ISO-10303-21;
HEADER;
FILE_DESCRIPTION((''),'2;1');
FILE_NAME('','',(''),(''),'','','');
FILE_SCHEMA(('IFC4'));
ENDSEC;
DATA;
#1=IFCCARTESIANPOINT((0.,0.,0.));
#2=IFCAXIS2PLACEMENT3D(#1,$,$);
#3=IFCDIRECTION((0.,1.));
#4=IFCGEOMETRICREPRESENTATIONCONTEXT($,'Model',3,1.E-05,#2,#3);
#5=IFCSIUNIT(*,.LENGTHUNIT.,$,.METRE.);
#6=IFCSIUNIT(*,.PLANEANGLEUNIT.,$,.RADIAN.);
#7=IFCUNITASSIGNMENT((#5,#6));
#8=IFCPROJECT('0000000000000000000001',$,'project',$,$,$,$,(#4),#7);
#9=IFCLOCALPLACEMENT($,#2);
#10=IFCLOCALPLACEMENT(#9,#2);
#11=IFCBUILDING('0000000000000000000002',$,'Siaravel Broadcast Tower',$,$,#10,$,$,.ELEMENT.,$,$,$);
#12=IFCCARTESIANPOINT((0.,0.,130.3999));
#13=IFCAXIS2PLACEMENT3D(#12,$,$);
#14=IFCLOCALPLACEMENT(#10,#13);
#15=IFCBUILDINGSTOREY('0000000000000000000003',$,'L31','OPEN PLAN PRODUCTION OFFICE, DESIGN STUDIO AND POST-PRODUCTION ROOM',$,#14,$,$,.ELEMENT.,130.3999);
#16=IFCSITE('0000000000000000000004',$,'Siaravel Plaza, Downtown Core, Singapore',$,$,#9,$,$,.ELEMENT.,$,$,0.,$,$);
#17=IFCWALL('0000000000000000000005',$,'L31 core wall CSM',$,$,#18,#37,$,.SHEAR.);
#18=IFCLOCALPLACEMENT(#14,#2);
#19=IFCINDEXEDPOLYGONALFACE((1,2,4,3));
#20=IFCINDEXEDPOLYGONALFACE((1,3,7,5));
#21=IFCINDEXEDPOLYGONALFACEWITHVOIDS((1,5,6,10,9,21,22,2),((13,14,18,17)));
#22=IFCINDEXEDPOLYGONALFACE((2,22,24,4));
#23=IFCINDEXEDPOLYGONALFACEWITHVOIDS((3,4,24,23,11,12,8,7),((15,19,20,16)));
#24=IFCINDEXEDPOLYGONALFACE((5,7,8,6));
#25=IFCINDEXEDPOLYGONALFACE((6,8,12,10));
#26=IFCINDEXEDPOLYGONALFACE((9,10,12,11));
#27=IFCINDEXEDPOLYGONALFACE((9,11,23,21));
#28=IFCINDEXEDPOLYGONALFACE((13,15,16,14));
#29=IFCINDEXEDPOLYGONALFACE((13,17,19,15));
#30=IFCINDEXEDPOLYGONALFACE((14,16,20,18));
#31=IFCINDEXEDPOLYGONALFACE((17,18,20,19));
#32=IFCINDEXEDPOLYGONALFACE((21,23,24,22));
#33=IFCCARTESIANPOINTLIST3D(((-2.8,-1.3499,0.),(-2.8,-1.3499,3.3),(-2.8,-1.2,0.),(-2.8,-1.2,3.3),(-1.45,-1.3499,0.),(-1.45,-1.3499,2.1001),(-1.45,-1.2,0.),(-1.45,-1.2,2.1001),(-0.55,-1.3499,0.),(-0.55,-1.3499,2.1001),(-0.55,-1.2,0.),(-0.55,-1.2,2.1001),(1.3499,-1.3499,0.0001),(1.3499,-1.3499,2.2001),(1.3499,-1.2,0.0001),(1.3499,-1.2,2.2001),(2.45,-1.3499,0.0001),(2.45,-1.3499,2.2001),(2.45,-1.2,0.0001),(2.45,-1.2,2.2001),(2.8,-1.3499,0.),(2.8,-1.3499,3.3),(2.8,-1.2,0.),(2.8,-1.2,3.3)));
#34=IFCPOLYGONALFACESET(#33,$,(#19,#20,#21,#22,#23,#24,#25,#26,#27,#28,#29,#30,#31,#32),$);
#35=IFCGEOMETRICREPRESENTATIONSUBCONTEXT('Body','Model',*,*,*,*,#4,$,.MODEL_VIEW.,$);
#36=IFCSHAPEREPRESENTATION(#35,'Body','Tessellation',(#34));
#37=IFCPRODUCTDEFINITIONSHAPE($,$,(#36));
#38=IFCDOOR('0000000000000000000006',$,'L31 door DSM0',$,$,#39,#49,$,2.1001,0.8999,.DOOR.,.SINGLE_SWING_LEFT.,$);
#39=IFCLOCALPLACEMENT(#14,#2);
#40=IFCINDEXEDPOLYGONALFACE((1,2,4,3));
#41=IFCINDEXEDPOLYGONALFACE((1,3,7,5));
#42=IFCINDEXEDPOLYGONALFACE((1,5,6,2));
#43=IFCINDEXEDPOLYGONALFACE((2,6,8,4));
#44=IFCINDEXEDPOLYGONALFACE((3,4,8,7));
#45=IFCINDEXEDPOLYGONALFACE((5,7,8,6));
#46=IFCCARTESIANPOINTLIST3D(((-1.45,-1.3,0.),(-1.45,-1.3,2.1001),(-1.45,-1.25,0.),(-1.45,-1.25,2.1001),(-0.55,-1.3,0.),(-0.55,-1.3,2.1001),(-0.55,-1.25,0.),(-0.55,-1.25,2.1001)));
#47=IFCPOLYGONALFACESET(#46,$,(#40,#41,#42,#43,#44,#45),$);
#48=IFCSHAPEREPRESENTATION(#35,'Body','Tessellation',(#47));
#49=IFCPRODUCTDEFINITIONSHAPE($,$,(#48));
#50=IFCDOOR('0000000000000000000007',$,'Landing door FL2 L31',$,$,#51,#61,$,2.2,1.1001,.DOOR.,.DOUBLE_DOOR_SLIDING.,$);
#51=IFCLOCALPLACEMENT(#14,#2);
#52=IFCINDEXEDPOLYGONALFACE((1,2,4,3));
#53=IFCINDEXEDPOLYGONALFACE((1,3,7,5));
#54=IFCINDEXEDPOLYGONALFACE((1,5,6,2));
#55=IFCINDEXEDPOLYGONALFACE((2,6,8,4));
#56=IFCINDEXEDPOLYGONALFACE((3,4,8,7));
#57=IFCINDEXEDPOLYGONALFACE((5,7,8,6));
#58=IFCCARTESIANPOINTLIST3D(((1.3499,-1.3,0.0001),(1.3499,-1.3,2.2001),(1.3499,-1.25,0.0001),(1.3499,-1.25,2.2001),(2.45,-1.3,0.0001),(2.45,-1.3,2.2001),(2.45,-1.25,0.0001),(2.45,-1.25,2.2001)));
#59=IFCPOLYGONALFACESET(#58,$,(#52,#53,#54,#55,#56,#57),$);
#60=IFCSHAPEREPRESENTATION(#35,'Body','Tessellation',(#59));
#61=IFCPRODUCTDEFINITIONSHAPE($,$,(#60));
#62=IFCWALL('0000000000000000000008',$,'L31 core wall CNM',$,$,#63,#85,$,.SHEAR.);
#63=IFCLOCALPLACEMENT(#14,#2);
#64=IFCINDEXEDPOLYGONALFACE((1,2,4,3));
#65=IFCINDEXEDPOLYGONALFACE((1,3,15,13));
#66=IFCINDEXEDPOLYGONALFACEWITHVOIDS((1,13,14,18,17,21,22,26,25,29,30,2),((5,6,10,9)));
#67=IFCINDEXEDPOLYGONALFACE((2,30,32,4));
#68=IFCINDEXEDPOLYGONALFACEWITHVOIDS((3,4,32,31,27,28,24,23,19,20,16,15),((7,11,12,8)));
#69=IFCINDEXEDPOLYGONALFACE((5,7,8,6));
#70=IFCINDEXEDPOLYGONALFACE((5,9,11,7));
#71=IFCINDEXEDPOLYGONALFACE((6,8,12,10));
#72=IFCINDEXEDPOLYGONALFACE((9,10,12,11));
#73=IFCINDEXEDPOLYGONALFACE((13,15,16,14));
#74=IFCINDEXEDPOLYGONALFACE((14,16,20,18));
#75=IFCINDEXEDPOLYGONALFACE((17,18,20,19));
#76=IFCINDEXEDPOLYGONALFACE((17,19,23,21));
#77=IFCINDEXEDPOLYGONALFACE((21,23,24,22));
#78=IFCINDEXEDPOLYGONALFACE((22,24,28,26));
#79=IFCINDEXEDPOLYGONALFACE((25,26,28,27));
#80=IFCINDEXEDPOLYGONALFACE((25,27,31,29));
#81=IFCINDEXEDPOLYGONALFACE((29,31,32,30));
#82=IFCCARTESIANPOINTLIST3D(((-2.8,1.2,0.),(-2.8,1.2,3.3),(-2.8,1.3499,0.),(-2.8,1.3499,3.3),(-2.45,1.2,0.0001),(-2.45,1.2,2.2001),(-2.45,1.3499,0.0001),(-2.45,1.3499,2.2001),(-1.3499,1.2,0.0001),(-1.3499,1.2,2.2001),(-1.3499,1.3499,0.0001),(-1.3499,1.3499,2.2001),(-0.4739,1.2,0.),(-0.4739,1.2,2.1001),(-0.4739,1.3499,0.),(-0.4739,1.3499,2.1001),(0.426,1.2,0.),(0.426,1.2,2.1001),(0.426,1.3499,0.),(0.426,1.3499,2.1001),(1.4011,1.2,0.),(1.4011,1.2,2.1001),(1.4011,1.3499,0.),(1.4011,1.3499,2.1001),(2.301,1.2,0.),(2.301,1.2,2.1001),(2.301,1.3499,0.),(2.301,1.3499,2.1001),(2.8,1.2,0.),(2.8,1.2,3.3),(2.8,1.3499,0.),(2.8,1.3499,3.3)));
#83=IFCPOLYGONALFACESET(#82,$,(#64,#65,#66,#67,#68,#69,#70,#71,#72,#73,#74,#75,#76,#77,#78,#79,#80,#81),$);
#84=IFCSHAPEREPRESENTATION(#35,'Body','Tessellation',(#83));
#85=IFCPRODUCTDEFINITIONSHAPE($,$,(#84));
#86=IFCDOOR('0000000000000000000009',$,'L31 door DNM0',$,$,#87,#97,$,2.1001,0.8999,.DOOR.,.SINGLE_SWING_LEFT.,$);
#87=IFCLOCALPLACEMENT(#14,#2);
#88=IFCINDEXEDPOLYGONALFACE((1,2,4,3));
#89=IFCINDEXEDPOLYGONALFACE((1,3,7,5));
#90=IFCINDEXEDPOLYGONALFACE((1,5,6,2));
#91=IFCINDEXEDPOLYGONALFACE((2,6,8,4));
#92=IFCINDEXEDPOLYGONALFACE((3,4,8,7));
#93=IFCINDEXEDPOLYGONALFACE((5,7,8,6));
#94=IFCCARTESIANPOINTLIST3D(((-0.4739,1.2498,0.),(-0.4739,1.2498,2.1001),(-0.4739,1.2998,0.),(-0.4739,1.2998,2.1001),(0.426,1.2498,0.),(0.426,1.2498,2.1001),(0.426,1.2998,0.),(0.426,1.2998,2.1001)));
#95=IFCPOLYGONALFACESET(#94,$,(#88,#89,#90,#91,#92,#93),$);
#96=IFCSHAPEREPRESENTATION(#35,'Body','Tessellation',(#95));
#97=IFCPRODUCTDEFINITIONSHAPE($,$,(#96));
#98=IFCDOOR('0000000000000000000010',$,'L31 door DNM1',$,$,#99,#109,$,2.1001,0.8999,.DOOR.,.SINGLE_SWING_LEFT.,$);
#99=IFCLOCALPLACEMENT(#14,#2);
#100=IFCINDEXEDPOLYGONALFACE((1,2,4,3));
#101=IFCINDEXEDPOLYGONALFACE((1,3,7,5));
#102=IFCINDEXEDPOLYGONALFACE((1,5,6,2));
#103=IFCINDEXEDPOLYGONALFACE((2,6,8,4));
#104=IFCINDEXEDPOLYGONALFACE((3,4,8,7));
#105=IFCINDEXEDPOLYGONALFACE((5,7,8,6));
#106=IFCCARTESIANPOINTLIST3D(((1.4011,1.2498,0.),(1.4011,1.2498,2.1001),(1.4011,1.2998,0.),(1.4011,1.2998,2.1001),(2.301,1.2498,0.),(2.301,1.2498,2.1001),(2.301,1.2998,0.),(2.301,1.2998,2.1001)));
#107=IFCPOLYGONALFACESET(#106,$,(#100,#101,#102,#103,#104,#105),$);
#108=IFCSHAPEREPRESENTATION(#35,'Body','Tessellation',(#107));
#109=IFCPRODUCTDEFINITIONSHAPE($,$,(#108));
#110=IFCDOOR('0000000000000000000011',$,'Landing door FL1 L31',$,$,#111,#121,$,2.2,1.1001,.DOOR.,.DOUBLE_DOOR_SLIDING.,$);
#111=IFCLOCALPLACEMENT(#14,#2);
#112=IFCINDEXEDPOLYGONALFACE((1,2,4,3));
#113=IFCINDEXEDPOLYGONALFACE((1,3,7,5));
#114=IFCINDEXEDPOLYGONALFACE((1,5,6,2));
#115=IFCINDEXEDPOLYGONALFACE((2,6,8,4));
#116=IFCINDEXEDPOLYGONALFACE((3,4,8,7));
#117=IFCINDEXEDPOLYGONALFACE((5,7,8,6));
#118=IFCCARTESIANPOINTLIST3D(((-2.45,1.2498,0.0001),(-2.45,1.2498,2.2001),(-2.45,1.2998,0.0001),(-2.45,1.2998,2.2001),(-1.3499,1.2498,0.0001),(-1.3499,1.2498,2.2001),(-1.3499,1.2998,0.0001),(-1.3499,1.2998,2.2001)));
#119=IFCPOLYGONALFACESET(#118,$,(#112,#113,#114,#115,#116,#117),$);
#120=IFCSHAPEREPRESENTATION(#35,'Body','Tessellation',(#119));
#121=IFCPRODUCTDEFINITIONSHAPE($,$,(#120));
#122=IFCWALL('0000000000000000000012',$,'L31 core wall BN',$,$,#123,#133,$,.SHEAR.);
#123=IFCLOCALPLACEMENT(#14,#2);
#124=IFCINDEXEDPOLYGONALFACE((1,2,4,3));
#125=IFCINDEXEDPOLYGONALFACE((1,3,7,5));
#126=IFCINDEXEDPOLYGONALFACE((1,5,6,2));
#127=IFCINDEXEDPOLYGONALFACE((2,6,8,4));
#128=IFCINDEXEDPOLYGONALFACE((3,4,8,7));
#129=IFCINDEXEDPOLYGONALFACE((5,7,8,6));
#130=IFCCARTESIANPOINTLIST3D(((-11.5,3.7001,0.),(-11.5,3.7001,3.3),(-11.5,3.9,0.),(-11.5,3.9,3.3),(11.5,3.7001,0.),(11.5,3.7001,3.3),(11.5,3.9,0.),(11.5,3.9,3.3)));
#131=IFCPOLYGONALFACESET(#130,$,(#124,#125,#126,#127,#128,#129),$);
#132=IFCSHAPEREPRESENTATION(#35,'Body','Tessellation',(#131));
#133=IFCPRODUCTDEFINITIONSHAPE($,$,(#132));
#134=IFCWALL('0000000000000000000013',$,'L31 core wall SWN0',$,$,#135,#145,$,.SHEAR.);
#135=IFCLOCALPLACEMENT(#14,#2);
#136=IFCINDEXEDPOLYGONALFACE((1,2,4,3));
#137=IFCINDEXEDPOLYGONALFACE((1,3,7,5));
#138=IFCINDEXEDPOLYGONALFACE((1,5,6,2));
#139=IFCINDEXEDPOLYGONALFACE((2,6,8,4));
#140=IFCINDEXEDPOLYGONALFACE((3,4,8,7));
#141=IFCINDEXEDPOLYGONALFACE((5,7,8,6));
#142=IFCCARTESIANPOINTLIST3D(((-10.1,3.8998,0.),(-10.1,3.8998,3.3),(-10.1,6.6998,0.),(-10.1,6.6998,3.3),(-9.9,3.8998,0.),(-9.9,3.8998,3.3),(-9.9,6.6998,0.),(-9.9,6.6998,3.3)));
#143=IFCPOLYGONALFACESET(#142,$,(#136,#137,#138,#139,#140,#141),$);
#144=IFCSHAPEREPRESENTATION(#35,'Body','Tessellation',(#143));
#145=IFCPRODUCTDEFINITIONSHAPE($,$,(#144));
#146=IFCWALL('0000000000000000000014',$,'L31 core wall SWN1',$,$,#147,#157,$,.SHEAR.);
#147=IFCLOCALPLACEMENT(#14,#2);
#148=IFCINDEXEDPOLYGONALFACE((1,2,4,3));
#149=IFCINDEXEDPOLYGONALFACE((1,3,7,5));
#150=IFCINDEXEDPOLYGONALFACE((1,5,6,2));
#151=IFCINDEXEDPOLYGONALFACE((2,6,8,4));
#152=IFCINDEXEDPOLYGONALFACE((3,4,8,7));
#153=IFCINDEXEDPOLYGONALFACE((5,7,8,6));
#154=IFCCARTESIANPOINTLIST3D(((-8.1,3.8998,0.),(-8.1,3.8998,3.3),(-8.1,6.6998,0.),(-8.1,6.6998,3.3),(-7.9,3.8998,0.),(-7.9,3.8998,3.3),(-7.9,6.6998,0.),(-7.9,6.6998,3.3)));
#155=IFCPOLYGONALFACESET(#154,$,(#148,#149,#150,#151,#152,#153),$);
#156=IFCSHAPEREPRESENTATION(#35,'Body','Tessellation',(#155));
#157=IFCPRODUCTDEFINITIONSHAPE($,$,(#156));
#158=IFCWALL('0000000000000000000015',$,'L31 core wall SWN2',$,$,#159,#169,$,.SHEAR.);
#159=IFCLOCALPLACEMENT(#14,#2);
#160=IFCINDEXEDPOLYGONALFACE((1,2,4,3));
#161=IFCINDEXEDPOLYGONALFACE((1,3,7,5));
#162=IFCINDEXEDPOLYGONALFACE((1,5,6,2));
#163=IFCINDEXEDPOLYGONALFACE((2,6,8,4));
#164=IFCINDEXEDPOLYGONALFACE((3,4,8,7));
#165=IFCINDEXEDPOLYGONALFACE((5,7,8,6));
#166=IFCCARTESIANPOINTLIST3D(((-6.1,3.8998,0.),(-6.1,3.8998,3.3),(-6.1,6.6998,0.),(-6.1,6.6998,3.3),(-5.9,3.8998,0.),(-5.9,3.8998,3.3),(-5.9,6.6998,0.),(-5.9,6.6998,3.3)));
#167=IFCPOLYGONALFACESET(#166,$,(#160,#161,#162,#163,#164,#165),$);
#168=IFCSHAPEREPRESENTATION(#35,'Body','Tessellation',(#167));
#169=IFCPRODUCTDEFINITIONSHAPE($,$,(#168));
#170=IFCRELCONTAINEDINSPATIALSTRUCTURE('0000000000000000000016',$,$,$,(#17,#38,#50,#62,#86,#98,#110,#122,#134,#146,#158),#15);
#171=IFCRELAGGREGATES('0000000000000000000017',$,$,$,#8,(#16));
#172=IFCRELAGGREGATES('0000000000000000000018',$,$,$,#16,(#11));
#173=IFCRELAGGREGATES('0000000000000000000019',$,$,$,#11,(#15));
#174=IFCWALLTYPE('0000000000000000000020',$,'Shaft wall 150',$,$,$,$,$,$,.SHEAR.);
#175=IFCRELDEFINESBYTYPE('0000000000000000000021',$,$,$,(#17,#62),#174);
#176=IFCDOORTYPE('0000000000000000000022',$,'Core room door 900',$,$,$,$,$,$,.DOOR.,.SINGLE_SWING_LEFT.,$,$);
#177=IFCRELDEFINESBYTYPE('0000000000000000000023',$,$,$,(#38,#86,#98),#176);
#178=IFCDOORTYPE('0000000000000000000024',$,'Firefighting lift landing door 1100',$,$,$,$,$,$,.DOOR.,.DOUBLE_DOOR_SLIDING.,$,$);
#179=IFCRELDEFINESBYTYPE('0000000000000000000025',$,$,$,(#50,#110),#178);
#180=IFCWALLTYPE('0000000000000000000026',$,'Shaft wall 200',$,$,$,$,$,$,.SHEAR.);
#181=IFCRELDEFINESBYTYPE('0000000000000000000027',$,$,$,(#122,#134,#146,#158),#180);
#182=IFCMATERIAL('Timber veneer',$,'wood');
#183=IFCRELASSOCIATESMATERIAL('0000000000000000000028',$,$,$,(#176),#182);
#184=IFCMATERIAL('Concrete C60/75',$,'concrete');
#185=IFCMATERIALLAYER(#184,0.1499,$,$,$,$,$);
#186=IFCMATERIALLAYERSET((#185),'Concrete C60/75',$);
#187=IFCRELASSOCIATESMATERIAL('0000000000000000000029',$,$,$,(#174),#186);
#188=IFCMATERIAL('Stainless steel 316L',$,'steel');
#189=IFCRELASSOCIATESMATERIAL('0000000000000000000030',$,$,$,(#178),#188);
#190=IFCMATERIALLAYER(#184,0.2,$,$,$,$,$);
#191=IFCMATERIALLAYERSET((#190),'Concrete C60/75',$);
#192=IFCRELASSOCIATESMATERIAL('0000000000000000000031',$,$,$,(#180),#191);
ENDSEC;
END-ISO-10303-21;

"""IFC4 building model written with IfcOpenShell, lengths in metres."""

from ifc_helpers import new_model, si_unit, direction, frame, frame_2d, origin, place, context, subcontext, project, spatial, rectangle, extrude, material, layer, layer_set, type_object, element, fill, save


model = new_model("IFC4")

# Units and contexts
model_context = context("Model", 3, precision=1e-05, world=origin(), true_north=direction((0.0, 1.0)))
body_context = subcontext(model_context, "Body", "Model", "MODEL_VIEW")
ifc_project = project(units=[si_unit("LENGTHUNIT", "METRE"), si_unit("PLANEANGLEUNIT", "RADIAN")], contexts=[model_context])

# Site, building, storey
site_placement = place(None, origin())
site = spatial("IfcSite", under=ifc_project, at=site_placement, Name="Siaravel Plaza, Downtown Core, Singapore", CompositionType="ELEMENT", RefElevation=0.0)
building_placement = place(site_placement, origin())
building = spatial("IfcBuilding", under=site, at=building_placement, Name="Siaravel Broadcast Tower", CompositionType="ELEMENT")
storey_placement = place(building_placement, frame((0.0, 0.0, 130.3999)))
storey = spatial("IfcBuildingStorey", under=building, at=storey_placement, Name="L31", Description="OPEN PLAN PRODUCTION OFFICE, DESIGN STUDIO AND POST-PRODUCTION ROOM", CompositionType="ELEMENT", Elevation=130.3999)

# Shared definitions
ifc_material_1 = material(Name="Timber veneer", Category="wood")
door_type_1 = type_object("IfcDoorType", Name="Core room door 900", OperationType="SINGLE_SWING_LEFT", PredefinedType="DOOR", material=ifc_material_1)

# Walls, openings, doors
ifc_material_2 = material(Name="Concrete C60/75", Category="concrete")
ifc_layer_1 = layer(ifc_material_2, 0.1499)
ifc_layer_set_1 = layer_set([ifc_layer_1], Name="Concrete C60/75")
wall_type_1 = type_object("IfcWallType", Name="Shaft wall 150", PredefinedType="SHEAR", material=ifc_layer_set_1)
wall_1_placement = place(storey_placement, frame((-2.8, -1.2749, 0.0), z_axis=(0.0, 0.0, 1.0), x_axis=(1.0, 0.0, 0.0)))
wall_1 = element("IfcWall", 1, at=wall_1_placement, inside=storey, type_object=wall_type_1, Name="L31 core wall CSM", PredefinedType="SHEAR", context=body_context, shape_type="SweptSolid", body=[
    extrude(rectangle(XDim=5.6001, YDim=0.1499, at=frame_2d((2.8, 0.0))), origin(), (0.0, 0.0, 1.0), 3.3),
])
opening_1_placement = place(wall_1_placement, frame((4.1499, 0.0, 0.0)))
opening_1 = element("IfcOpeningElement", 2, at=opening_1_placement, cuts=wall_1, PredefinedType="OPENING", context=body_context, shape_type="SweptSolid", body=[
    extrude(rectangle(XDim=1.1001, YDim=2.2, at=frame_2d((0.55, 1.1001))), frame((0.0, 0.085, 0.0), z_axis=(0.0, -1.0, 0.0), x_axis=(1.0, 0.0, 0.0)), (0.0, 0.0, 1.0), 0.1699),
])
opening_2_placement = place(wall_1_placement, frame((1.3501, 0.0, 0.0)))
opening_2 = element("IfcOpeningElement", 3, at=opening_2_placement, cuts=wall_1, PredefinedType="OPENING", context=body_context, shape_type="SweptSolid", body=[
    extrude(rectangle(XDim=0.8999, YDim=2.1001, at=frame_2d((0.45, 1.05))), frame((0.0, 0.085, 0.0), z_axis=(0.0, -1.0, 0.0), x_axis=(1.0, 0.0, 0.0)), (0.0, 0.0, 1.0), 0.1699),
])
door_1_placement = place(opening_2_placement, origin())
door_1 = element("IfcDoor", 4, at=door_1_placement, inside=storey, type_object=door_type_1, Name="L31 door DSM0", OperationType="SINGLE_SWING_LEFT", OverallHeight=2.1001, OverallWidth=0.8999, PredefinedType="DOOR", context=body_context, shape_type="SweptSolid", body=[
    extrude(rectangle(XDim=0.8999, YDim=2.1001, at=frame_2d((0.45, 1.05))), frame((0.0, 0.0249, 0.0), z_axis=(0.0, -1.0, 0.0), x_axis=(1.0, 0.0, 0.0)), (0.0, 0.0, 1.0), 0.05),
])
fill(opening_2, door_1)
ifc_material_3 = material(Name="Stainless steel 316L", Category="steel")
door_type_2 = type_object("IfcDoorType", Name="Firefighting lift landing door 1100", OperationType="DOUBLE_DOOR_SLIDING", PredefinedType="DOOR", material=ifc_material_3)
door_2_placement = place(opening_1_placement, origin())
door_2 = element("IfcDoor", 5, at=door_2_placement, inside=storey, type_object=door_type_2, Name="Landing door FL2 L31", OperationType="DOUBLE_DOOR_SLIDING", OverallHeight=2.2, OverallWidth=1.1001, PredefinedType="DOOR", context=body_context, shape_type="SweptSolid", body=[
    extrude(rectangle(XDim=1.1001, YDim=2.2, at=frame_2d((0.55, 1.1001))), frame((0.0, 0.0249, 0.0), z_axis=(0.0, -1.0, 0.0), x_axis=(1.0, 0.0, 0.0)), (0.0, 0.0, 1.0), 0.05),
])
fill(opening_1, door_2)
wall_2_placement = place(storey_placement, frame((-2.8, 1.2749, 0.0), z_axis=(0.0, 0.0, 1.0), x_axis=(1.0, 0.0, 0.0)))
wall_2 = element("IfcWall", 6, at=wall_2_placement, inside=storey, type_object=wall_type_1, Name="L31 core wall CNM", PredefinedType="SHEAR", context=body_context, shape_type="SweptSolid", body=[
    extrude(rectangle(XDim=5.6001, YDim=0.1499, at=frame_2d((2.8, 0.0))), origin(), (0.0, 0.0, 1.0), 3.3),
])
opening_3_placement = place(wall_2_placement, frame((0.3501, 0.0, 0.0)))
opening_3 = element("IfcOpeningElement", 7, at=opening_3_placement, cuts=wall_2, PredefinedType="OPENING", context=body_context, shape_type="SweptSolid", body=[
    extrude(rectangle(XDim=1.1001, YDim=2.2, at=frame_2d((0.55, 1.1001))), frame((0.0, 0.085, 0.0), z_axis=(0.0, -1.0, 0.0), x_axis=(1.0, 0.0, 0.0)), (0.0, 0.0, 1.0), 0.1699),
])
opening_4_placement = place(wall_2_placement, frame((2.3262, 0.0, 0.0)))
opening_4 = element("IfcOpeningElement", 8, at=opening_4_placement, cuts=wall_2, PredefinedType="OPENING", context=body_context, shape_type="SweptSolid", body=[
    extrude(rectangle(XDim=0.8999, YDim=2.1001, at=frame_2d((0.45, 1.05))), frame((0.0, 0.085, 0.0), z_axis=(0.0, -1.0, 0.0), x_axis=(1.0, 0.0, 0.0)), (0.0, 0.0, 1.0), 0.1699),
])
opening_5_placement = place(wall_2_placement, frame((4.2012, 0.0, 0.0)))
opening_5 = element("IfcOpeningElement", 9, at=opening_5_placement, cuts=wall_2, PredefinedType="OPENING", context=body_context, shape_type="SweptSolid", body=[
    extrude(rectangle(XDim=0.8999, YDim=2.1001, at=frame_2d((0.45, 1.05))), frame((0.0, 0.085, 0.0), z_axis=(0.0, -1.0, 0.0), x_axis=(1.0, 0.0, 0.0)), (0.0, 0.0, 1.0), 0.1699),
])
door_3_placement = place(opening_4_placement, origin())
door_3 = element("IfcDoor", 10, at=door_3_placement, inside=storey, type_object=door_type_1, Name="L31 door DNM0", OperationType="SINGLE_SWING_LEFT", OverallHeight=2.1001, OverallWidth=0.8999, PredefinedType="DOOR", context=body_context, shape_type="SweptSolid", body=[
    extrude(rectangle(XDim=0.8999, YDim=2.1001, at=frame_2d((0.45, 1.05))), frame((0.0, 0.0249, 0.0), z_axis=(0.0, -1.0, 0.0), x_axis=(1.0, 0.0, 0.0)), (0.0, 0.0, 1.0), 0.05),
])
fill(opening_4, door_3)
door_4_placement = place(opening_5_placement, origin())
door_4 = element("IfcDoor", 11, at=door_4_placement, inside=storey, type_object=door_type_1, Name="L31 door DNM1", OperationType="SINGLE_SWING_LEFT", OverallHeight=2.1001, OverallWidth=0.8999, PredefinedType="DOOR", context=body_context, shape_type="SweptSolid", body=[
    extrude(rectangle(XDim=0.8999, YDim=2.1001, at=frame_2d((0.45, 1.05))), frame((0.0, 0.0249, 0.0), z_axis=(0.0, -1.0, 0.0), x_axis=(1.0, 0.0, 0.0)), (0.0, 0.0, 1.0), 0.05),
])
fill(opening_5, door_4)
door_5_placement = place(opening_3_placement, origin())
door_5 = element("IfcDoor", 12, at=door_5_placement, inside=storey, type_object=door_type_2, Name="Landing door FL1 L31", OperationType="DOUBLE_DOOR_SLIDING", OverallHeight=2.2, OverallWidth=1.1001, PredefinedType="DOOR", context=body_context, shape_type="SweptSolid", body=[
    extrude(rectangle(XDim=1.1001, YDim=2.2, at=frame_2d((0.55, 1.1001))), frame((0.0, 0.0249, 0.0), z_axis=(0.0, -1.0, 0.0), x_axis=(1.0, 0.0, 0.0)), (0.0, 0.0, 1.0), 0.05),
])
fill(opening_3, door_5)

# Walls
ifc_layer_2 = layer(ifc_material_2, 0.2)
ifc_layer_set_2 = layer_set([ifc_layer_2], Name="Concrete C60/75")
wall_type_2 = type_object("IfcWallType", Name="Shaft wall 200", PredefinedType="SHEAR", material=ifc_layer_set_2)
wall_3_placement = place(storey_placement, frame((-11.5, 3.8, 0.0), z_axis=(0.0, 0.0, 1.0), x_axis=(1.0, 0.0, 0.0)))
element("IfcWall", 13, at=wall_3_placement, inside=storey, type_object=wall_type_2, Name="L31 core wall BN", PredefinedType="SHEAR", context=body_context, shape_type="SweptSolid", body=[
    extrude(rectangle(XDim=23.0, YDim=0.2, at=frame_2d((11.5, 0.0))), origin(), (0.0, 0.0, 1.0), 3.3),
])
for number, where, z_axis, x_axis, name in (
    (14, (-10.0, 3.8999, 0.0), (0.0, 0.0, 1.0), (0.0, 1.0, 0.0), "L31 core wall SWN0"),
    (15, (-8.0, 3.8999, 0.0), (0.0, 0.0, 1.0), (0.0, 1.0, 0.0), "L31 core wall SWN1"),
    (16, (-6.0, 3.8999, 0.0), (0.0, 0.0, 1.0), (0.0, 1.0, 0.0), "L31 core wall SWN2"),
):
    element("IfcWall", number, at=place(storey_placement, frame(where, z_axis=z_axis, x_axis=x_axis)), inside=storey, type_object=wall_type_2, Name=name, PredefinedType="SHEAR", context=body_context, shape_type="SweptSolid", body=[
        extrude(rectangle(XDim=2.8, YDim=0.2, at=frame_2d((1.3999, 0.0))), origin(), (0.0, 0.0, 1.0), 3.3),
    ])

save(model, "model.ifc")
